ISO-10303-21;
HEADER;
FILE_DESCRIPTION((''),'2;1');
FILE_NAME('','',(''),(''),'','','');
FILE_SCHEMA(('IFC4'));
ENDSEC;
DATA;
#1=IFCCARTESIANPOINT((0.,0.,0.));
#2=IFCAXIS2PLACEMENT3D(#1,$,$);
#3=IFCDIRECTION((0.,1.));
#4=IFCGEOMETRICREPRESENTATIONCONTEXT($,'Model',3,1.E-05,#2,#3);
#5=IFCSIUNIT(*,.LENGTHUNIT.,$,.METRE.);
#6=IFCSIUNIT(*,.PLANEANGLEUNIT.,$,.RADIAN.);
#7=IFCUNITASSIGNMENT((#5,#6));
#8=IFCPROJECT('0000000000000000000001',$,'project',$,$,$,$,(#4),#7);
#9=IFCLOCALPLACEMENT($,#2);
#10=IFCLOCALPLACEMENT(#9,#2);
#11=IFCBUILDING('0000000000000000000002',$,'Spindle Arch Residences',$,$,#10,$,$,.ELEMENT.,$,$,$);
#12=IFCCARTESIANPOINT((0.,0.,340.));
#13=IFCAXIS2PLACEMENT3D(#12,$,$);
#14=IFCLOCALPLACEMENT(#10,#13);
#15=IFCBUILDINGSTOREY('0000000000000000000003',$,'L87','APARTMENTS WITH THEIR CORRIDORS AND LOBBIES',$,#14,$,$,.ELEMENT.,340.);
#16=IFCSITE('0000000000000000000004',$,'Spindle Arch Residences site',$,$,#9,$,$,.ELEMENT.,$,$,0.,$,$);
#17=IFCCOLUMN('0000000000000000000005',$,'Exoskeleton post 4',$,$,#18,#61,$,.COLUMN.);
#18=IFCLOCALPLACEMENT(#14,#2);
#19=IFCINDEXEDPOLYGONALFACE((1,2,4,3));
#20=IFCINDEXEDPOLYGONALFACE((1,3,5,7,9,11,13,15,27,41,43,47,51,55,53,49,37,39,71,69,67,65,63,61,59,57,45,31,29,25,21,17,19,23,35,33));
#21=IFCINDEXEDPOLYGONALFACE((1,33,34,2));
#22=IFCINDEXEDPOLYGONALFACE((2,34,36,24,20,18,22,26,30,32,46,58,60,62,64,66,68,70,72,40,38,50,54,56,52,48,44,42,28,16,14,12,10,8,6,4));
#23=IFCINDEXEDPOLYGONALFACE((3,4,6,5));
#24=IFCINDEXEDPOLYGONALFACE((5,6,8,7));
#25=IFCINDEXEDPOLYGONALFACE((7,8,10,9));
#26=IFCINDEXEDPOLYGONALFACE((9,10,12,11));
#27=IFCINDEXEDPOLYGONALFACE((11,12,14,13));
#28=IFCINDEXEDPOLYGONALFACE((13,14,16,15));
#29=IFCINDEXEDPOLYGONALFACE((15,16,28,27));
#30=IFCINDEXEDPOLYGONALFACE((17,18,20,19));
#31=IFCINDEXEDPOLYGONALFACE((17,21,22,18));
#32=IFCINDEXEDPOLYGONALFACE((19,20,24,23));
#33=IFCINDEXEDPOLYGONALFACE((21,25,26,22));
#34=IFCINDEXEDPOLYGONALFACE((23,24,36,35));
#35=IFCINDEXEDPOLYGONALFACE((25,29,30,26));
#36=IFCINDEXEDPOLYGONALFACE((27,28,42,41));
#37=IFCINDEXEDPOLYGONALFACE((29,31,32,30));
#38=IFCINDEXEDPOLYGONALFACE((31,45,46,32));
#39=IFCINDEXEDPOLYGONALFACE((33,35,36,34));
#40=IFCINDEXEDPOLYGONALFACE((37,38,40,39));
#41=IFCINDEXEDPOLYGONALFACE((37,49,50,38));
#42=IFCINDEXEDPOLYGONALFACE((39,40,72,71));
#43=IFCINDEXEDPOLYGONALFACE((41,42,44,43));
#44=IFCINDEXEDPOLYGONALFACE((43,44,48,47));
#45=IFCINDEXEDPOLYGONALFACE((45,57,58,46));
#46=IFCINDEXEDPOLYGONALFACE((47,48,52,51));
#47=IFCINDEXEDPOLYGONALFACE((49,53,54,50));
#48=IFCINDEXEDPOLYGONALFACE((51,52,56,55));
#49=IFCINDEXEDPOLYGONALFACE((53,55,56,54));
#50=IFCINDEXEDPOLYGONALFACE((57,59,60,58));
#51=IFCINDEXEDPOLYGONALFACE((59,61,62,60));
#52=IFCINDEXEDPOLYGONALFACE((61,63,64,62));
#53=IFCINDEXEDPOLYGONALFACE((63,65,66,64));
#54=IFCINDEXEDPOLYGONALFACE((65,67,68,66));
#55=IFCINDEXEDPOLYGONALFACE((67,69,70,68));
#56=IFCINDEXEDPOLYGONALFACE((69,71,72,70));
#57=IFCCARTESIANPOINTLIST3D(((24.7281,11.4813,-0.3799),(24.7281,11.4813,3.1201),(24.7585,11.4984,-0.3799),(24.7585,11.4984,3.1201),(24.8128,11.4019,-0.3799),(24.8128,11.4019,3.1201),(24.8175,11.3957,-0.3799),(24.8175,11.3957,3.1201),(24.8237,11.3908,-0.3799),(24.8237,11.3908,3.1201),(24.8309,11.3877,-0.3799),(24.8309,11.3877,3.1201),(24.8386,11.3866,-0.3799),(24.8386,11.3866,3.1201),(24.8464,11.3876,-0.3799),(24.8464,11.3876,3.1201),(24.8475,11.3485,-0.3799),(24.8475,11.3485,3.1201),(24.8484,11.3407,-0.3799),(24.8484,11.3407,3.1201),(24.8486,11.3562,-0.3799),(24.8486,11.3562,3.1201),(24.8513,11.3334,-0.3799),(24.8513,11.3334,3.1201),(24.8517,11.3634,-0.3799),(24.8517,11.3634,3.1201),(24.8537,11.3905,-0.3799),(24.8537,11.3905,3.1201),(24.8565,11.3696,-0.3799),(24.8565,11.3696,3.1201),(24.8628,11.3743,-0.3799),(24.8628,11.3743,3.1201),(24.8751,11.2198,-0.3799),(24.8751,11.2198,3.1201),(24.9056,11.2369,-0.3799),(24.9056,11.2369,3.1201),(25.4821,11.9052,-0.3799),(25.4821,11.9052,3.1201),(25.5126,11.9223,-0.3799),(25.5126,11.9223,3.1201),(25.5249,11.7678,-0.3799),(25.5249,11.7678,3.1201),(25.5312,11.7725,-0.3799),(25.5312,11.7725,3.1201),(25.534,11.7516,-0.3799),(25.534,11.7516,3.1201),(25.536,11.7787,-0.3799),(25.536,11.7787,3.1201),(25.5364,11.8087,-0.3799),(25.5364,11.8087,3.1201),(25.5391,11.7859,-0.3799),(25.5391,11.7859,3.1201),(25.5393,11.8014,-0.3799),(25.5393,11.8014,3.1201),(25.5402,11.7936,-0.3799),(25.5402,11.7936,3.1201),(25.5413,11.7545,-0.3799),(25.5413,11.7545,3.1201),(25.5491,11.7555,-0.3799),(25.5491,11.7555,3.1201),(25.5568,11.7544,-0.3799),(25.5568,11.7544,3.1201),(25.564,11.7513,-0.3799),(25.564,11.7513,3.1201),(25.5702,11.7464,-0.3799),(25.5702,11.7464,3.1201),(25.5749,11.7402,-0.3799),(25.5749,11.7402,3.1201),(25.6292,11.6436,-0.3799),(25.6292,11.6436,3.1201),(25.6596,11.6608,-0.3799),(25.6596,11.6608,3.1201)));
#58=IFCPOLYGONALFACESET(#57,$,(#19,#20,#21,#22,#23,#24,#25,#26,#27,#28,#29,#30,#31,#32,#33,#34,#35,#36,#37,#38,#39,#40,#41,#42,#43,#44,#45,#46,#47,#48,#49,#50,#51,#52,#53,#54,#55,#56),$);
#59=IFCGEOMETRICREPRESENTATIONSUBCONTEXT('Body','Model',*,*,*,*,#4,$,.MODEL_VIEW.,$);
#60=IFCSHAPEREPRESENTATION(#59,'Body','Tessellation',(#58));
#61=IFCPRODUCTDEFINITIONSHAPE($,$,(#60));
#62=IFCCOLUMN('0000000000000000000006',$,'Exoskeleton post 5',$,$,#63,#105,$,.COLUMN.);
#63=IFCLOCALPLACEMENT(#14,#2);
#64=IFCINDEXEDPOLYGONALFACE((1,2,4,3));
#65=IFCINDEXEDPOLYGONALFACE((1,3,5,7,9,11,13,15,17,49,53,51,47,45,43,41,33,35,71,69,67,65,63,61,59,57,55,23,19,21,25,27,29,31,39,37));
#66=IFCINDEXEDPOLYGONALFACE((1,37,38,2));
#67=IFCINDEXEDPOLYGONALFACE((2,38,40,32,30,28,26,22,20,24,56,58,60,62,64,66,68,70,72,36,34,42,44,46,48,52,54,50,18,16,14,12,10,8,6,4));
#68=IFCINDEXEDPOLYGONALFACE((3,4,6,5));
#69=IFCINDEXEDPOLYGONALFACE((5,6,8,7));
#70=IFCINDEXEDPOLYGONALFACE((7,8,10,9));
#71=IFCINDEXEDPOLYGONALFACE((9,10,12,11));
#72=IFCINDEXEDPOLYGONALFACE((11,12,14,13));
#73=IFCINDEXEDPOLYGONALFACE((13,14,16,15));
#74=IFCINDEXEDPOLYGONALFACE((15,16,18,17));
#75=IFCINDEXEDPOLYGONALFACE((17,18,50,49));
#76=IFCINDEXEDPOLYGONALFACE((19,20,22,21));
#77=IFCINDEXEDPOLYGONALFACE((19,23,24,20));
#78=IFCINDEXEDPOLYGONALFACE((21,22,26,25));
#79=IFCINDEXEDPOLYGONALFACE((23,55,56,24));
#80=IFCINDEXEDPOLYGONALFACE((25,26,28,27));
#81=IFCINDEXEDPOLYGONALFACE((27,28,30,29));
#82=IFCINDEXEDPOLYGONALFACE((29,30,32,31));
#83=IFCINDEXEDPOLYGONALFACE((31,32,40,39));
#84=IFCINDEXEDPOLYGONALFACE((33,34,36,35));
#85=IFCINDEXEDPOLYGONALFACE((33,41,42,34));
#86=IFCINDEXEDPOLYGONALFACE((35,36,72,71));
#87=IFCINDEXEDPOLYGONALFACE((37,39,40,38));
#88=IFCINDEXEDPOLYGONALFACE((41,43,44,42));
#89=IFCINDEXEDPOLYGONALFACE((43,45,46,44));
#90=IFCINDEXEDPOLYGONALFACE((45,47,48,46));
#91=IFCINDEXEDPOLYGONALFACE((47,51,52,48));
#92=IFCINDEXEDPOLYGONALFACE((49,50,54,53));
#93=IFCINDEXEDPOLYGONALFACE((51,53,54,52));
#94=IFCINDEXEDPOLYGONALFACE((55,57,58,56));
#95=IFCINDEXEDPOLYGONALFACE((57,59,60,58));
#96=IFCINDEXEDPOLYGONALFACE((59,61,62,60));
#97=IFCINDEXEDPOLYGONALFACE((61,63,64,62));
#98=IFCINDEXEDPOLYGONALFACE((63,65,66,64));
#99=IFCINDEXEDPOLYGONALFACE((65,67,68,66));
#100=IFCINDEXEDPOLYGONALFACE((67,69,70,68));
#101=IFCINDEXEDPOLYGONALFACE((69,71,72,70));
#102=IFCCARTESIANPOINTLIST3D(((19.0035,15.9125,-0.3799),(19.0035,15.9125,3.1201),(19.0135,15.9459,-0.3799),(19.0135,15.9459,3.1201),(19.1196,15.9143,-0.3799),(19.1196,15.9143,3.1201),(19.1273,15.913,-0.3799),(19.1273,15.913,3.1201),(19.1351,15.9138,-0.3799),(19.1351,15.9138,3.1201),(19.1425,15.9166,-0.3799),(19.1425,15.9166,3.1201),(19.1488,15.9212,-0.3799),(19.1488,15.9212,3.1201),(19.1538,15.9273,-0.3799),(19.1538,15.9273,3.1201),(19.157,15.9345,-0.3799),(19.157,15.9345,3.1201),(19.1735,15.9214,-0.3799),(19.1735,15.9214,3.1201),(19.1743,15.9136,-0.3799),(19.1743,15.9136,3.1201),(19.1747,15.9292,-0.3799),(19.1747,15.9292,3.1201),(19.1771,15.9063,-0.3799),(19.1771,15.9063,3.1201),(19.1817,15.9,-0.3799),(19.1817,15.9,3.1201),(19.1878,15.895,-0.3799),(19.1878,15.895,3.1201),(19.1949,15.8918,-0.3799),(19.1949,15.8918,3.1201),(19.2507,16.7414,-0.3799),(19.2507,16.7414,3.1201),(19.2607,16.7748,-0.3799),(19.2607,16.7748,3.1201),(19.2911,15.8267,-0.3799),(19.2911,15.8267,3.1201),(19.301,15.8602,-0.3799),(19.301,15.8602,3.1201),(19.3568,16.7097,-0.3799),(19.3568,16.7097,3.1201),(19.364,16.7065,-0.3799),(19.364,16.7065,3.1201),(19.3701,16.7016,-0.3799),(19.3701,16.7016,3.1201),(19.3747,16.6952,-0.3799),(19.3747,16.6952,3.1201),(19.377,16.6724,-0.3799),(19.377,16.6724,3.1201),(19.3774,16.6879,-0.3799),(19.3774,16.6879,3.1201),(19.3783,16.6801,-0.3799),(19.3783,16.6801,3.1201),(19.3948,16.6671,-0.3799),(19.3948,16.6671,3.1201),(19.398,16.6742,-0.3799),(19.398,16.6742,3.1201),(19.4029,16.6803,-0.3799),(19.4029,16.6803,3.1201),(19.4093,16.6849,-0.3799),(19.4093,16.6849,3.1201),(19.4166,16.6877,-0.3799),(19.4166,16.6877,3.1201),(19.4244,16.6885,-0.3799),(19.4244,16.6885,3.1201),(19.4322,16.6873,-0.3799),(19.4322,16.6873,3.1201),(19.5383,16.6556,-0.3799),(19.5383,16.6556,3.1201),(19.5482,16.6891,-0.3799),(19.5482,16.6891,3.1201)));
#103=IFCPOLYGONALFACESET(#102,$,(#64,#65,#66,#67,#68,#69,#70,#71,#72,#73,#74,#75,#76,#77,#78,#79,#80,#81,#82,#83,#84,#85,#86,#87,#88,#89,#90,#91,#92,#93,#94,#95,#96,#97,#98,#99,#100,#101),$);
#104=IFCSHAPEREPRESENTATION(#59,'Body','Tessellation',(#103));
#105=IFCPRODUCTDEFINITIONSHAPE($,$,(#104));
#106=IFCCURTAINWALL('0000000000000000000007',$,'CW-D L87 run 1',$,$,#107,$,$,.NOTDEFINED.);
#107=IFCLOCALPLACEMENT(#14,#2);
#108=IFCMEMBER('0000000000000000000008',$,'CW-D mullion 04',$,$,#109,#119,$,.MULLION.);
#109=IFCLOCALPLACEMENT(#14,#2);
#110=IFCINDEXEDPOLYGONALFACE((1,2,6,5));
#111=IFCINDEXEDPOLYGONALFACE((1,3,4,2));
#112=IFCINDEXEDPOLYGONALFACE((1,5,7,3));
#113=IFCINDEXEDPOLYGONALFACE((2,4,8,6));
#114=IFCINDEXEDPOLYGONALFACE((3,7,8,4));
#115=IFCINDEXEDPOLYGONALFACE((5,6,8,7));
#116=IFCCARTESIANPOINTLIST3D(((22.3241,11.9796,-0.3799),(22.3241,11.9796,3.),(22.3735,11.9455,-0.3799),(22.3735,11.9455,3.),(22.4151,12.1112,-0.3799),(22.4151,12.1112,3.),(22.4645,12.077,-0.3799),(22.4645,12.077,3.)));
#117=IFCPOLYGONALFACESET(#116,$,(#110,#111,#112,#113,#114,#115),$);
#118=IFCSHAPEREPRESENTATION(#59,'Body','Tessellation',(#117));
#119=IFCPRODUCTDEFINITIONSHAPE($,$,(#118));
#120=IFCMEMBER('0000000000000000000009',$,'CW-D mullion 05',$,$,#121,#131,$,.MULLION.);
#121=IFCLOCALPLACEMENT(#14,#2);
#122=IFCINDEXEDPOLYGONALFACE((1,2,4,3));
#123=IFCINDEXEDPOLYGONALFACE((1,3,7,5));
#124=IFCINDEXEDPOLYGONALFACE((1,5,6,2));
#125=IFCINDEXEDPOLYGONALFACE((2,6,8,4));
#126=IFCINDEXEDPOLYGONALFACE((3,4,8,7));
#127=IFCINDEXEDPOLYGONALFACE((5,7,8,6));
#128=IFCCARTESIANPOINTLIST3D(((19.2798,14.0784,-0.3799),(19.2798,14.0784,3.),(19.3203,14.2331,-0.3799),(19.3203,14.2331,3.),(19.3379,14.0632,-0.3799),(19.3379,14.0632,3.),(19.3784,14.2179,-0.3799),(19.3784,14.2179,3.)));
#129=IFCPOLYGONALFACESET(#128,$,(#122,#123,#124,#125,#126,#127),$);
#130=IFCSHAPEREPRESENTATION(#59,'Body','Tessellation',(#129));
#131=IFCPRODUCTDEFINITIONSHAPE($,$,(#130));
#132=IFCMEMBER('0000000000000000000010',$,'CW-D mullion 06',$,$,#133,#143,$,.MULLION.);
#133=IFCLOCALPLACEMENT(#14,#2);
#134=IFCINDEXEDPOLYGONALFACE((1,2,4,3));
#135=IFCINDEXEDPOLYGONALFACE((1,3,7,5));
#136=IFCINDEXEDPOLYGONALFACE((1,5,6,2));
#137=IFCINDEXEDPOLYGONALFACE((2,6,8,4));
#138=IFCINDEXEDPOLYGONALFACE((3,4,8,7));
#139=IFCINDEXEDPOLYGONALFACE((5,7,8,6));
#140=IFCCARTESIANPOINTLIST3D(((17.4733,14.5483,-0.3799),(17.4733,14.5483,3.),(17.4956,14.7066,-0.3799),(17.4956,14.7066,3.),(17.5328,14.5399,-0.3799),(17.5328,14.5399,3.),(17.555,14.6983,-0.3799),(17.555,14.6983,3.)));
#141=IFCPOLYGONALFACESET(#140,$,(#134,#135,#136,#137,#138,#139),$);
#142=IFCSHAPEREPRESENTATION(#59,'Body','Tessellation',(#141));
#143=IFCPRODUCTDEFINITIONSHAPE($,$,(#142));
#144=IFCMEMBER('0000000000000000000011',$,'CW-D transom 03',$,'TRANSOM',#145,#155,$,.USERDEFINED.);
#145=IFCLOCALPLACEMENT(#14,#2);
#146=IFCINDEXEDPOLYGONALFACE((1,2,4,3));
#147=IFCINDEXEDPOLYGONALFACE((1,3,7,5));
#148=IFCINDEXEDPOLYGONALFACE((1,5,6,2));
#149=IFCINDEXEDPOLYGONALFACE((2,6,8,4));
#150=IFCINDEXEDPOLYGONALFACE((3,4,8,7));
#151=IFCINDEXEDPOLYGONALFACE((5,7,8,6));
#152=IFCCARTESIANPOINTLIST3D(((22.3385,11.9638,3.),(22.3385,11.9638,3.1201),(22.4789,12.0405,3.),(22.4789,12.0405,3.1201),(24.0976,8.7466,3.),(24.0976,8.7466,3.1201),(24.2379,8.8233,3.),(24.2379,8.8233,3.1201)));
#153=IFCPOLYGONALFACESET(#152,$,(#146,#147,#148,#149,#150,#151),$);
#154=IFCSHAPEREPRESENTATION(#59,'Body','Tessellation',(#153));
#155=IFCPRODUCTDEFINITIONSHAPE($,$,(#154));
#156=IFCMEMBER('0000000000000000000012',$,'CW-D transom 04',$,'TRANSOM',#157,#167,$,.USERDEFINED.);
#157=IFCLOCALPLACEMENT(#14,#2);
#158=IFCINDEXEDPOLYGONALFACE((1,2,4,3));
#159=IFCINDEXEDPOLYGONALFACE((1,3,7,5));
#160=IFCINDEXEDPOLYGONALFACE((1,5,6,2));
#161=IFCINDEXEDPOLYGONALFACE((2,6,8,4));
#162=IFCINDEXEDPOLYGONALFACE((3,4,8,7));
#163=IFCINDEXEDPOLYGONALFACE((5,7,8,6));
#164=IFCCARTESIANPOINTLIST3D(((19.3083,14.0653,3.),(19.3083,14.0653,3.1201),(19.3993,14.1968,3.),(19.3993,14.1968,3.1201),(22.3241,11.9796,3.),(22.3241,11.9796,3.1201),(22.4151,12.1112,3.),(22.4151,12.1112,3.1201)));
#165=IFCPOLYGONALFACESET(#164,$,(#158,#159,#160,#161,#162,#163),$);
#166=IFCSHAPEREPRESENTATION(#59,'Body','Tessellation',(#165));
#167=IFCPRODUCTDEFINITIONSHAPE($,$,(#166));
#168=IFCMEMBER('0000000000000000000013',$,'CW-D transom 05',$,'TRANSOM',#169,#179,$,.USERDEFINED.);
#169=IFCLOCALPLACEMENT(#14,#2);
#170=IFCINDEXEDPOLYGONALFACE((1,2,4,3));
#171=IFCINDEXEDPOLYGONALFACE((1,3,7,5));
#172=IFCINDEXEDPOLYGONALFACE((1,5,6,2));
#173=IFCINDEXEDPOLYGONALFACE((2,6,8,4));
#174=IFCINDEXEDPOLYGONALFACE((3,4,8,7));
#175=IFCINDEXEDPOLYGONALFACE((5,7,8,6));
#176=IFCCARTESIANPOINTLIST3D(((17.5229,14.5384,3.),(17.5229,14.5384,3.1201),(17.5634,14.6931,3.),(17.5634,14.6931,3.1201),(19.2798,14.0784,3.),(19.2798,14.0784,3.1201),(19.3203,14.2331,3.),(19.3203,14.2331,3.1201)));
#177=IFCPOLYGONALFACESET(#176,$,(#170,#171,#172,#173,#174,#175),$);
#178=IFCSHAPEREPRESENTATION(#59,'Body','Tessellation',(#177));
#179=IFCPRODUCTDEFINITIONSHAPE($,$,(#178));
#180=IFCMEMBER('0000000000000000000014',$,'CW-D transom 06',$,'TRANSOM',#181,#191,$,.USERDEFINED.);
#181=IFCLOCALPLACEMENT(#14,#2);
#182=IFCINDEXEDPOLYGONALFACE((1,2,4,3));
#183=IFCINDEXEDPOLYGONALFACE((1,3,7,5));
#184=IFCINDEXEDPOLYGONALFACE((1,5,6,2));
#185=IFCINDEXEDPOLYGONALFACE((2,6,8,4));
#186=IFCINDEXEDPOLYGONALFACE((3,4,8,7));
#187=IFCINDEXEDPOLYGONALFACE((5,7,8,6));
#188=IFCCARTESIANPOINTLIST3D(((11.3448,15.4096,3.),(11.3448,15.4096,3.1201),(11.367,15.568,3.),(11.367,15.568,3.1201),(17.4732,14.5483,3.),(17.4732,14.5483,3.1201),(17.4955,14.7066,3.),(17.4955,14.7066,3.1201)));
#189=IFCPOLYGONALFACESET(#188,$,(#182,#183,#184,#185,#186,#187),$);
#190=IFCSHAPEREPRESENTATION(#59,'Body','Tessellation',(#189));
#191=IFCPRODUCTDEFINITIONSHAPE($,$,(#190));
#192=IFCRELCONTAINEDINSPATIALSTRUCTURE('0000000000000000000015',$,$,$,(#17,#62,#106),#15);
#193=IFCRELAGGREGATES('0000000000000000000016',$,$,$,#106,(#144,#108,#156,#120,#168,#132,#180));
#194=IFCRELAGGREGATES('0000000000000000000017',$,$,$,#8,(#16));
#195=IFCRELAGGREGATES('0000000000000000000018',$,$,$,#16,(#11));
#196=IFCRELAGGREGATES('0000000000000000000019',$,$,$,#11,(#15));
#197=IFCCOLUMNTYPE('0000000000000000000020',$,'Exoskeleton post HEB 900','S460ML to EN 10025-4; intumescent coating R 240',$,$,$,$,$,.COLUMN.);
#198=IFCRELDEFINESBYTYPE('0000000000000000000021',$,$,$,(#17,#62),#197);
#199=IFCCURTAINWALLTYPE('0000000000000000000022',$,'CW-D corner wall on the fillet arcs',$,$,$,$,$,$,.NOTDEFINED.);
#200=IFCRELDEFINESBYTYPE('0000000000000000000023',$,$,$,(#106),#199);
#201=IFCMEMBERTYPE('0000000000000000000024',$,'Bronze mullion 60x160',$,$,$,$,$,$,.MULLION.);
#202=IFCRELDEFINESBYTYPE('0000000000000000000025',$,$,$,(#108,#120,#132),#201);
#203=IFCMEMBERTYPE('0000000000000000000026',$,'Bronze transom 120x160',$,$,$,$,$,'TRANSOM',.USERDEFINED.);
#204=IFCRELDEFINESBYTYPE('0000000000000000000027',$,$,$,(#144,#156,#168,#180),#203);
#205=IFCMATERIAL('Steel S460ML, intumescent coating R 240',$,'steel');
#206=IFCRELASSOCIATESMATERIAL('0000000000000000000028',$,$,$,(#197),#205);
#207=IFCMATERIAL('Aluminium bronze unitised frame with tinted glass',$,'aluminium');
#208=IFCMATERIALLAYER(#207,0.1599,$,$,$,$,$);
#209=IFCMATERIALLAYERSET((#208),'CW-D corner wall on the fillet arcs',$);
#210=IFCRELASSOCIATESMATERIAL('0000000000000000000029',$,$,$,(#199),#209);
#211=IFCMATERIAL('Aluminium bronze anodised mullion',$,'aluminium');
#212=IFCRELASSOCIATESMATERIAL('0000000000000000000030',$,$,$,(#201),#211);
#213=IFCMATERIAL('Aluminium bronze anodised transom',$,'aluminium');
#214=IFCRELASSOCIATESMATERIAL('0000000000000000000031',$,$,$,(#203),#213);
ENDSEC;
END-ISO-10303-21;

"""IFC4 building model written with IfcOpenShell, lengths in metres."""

from ifc_helpers import new_model, si_unit, direction, frame, origin, origin_2d, place, context, subcontext, project, spatial, rectangle, i_section, extrude, material, layer, layer_set, material_profile, profile_set, type_object, element, aggregate, save


model = new_model("IFC4")

# Units and contexts
model_context = context("Model", 3, precision=1e-05, world=origin(), true_north=direction((0.0, 1.0)))
body_context = subcontext(model_context, "Body", "Model", "MODEL_VIEW")
ifc_project = project(units=[si_unit("LENGTHUNIT", "METRE"), si_unit("PLANEANGLEUNIT", "RADIAN")], contexts=[model_context])

# Site, building, storey
site_placement = place(None, origin())
site = spatial("IfcSite", under=ifc_project, at=site_placement, Name="Spindle Arch Residences site", CompositionType="ELEMENT", RefElevation=0.0)
building_placement = place(site_placement, origin())
building = spatial("IfcBuilding", under=site, at=building_placement, Name="Spindle Arch Residences", CompositionType="ELEMENT")
storey_placement = place(building_placement, frame((0.0, 0.0, 340.0)))
storey = spatial("IfcBuildingStorey", under=building, at=storey_placement, Name="L87", Description="APARTMENTS WITH THEIR CORRIDORS AND LOBBIES", CompositionType="ELEMENT", Elevation=340.0)

# Columns
ifc_material_1 = material(Name="Steel S460ML, intumescent coating R 240", Category="steel")
ifc_material_profile_1 = material_profile(ifc_material_1, i_section(OverallWidth=0.3, OverallDepth=0.8999, WebThickness=0.0186, FlangeThickness=0.0349, FilletRadius=0.03, at=origin_2d()), Name="HEB 900")
ifc_profile_set_1 = profile_set([ifc_material_profile_1], Name="Steel S460ML, intumescent coating R 240")
column_type = type_object("IfcColumnType", Name="Exoskeleton post HEB 900", Description="S460ML to EN 10025-4; intumescent coating R 240", PredefinedType="COLUMN", material=ifc_profile_set_1)
for number, where, z_axis, x_axis, name in (
    (1, (25.1938, 11.571, -0.3799), (0.0, 0.0, 1.0), (0.490024, -0.871709, 0.0), "Exoskeleton post 4"),
    (2, (19.2759, 16.3008, -0.3799), (0.0, 0.0, 1.0), (0.958298, -0.285769, 0.0), "Exoskeleton post 5"),
):
    element("IfcColumn", number, at=place(storey_placement, frame(where, z_axis=z_axis, x_axis=x_axis)), inside=storey, type_object=column_type, Name=name, PredefinedType="COLUMN", context=body_context, shape_type="SweptSolid", body=[
        extrude(i_section(OverallWidth=0.3, OverallDepth=0.8999, WebThickness=0.0186, FlangeThickness=0.0349, FilletRadius=0.03, at=origin_2d()), origin(), (0.0, 0.0, 1.0), 3.5),
    ])

# Curtain wall, members
ifc_material_2 = material(Name="Aluminium bronze unitised frame with tinted glass", Category="aluminium")
ifc_layer_1 = layer(ifc_material_2, 0.1599)
ifc_layer_set_1 = layer_set([ifc_layer_1], Name="CW-D corner wall on the fillet arcs")
curtain_wall_type = type_object("IfcCurtainWallType", Name="CW-D corner wall on the fillet arcs", PredefinedType="NOTDEFINED", material=ifc_layer_set_1)
curtain_wall_placement = place(storey_placement, origin())
curtain_wall = element("IfcCurtainWall", 3, at=curtain_wall_placement, inside=storey, type_object=curtain_wall_type, Name="CW-D L87 run 1", PredefinedType="NOTDEFINED")
ifc_material_3 = material(Name="Aluminium bronze anodised mullion", Category="aluminium")
ifc_material_profile_2 = material_profile(ifc_material_3, rectangle(XDim=0.1599, YDim=0.0601, at=origin_2d()), Name="MU 60x160")
ifc_profile_set_2 = profile_set([ifc_material_profile_2], Name="Aluminium bronze anodised mullion")
member_type_1 = type_object("IfcMemberType", Name="Bronze mullion 60x160", PredefinedType="MULLION", material=ifc_profile_set_2)
member_1_placement = place(storey_placement, frame((22.3943, 12.0283, -0.3799), z_axis=(0.0, 0.0, 1.0), x_axis=(-0.568801, -0.822475, 0.0)))
member_1 = element("IfcMember", 4, at=member_1_placement, type_object=member_type_1, Name="CW-D mullion 04", PredefinedType="MULLION", context=body_context, shape_type="SweptSolid", body=[
    extrude(rectangle(XDim=0.1599, YDim=0.0601, at=origin_2d()), origin(), (0.0, 0.0, 1.0), 3.3799),
])
member_2_placement = place(storey_placement, frame((19.3291, 14.1482, -0.3799), z_axis=(0.0, 0.0, 1.0), x_axis=(-0.253195, -0.967415, 0.0)))
member_2 = element("IfcMember", 5, at=member_2_placement, type_object=member_type_1, Name="CW-D mullion 05", PredefinedType="MULLION", context=body_context, shape_type="SweptSolid", body=[
    extrude(rectangle(XDim=0.1599, YDim=0.0601, at=origin_2d()), origin(), (0.0, 0.0, 1.0), 3.3799),
])
member_3_placement = place(storey_placement, frame((17.5142, 14.6233, -0.3799), z_axis=(0.0, 0.0, 1.0), x_axis=(-0.139173, -0.990268, 0.0)))
member_3 = element("IfcMember", 6, at=member_3_placement, type_object=member_type_1, Name="CW-D mullion 06", PredefinedType="MULLION", context=body_context, shape_type="SweptSolid", body=[
    extrude(rectangle(XDim=0.1599, YDim=0.0601, at=origin_2d()), origin(), (0.0, 0.0, 1.0), 3.3799),
])
ifc_material_4 = material(Name="Aluminium bronze anodised transom", Category="aluminium")
ifc_material_profile_3 = material_profile(ifc_material_4, rectangle(XDim=0.1599, YDim=0.1201, at=origin_2d()), Name="TR 120x160")
ifc_profile_set_3 = profile_set([ifc_material_profile_3], Name="Aluminium bronze anodised transom")
member_type_2 = type_object("IfcMemberType", Name="Bronze transom 120x160", ElementType="TRANSOM", PredefinedType="USERDEFINED", material=ifc_profile_set_3)
member_4_placement = place(storey_placement, frame((24.1677, 8.7849, 3.0601), z_axis=(-0.479724, 0.877419, 0.0), x_axis=(-0.877419, -0.479724, 0.0)))
member_4 = element("IfcMember", 7, at=member_4_placement, type_object=member_type_2, Name="CW-D transom 03", ObjectType="TRANSOM", PredefinedType="USERDEFINED", context=body_context, shape_type="SweptSolid", body=[
    extrude(rectangle(XDim=0.1599, YDim=0.1201, at=origin_2d()), origin(), (0.0, 0.0, 1.0), 3.6667),
])
member_5_placement = place(storey_placement, frame((22.3696, 12.0454, 3.0601), z_axis=(-0.822475, 0.568801, 0.0), x_axis=(-0.568801, -0.822475, 0.0)))
member_5 = element("IfcMember", 8, at=member_5_placement, type_object=member_type_2, Name="CW-D transom 04", ObjectType="TRANSOM", PredefinedType="USERDEFINED", context=body_context, shape_type="SweptSolid", body=[
    extrude(rectangle(XDim=0.1599, YDim=0.1201, at=origin_2d()), origin(), (0.0, 0.0, 1.0), 3.6667),
])
member_6_placement = place(storey_placement, frame((19.3, 14.1558, 3.0601), z_axis=(-0.967394, 0.253276, 0.0), x_axis=(-0.253276, -0.967394, 0.0)))
member_6 = element("IfcMember", 9, at=member_6_placement, type_object=member_type_2, Name="CW-D transom 05", ObjectType="TRANSOM", PredefinedType="USERDEFINED", context=body_context, shape_type="SweptSolid", body=[
    extrude(rectangle(XDim=0.1599, YDim=0.1201, at=origin_2d()), origin(), (0.0, 0.0, 1.0), 1.8162),
])
member_7_placement = place(storey_placement, frame((17.4844, 14.6274, 3.0601), z_axis=(-0.990267, 0.139179, 0.0), x_axis=(-0.139179, -0.990267, 0.0)))
member_7 = element("IfcMember", 10, at=member_7_placement, type_object=member_type_2, Name="CW-D transom 06", ObjectType="TRANSOM", PredefinedType="USERDEFINED", context=body_context, shape_type="SweptSolid", body=[
    extrude(rectangle(XDim=0.1599, YDim=0.1201, at=origin_2d()), origin(), (0.0, 0.0, 1.0), 6.1887),
])

aggregate(curtain_wall, [member_4, member_1, member_5, member_2, member_6, member_3, member_7])

save(model, "model.ifc")
